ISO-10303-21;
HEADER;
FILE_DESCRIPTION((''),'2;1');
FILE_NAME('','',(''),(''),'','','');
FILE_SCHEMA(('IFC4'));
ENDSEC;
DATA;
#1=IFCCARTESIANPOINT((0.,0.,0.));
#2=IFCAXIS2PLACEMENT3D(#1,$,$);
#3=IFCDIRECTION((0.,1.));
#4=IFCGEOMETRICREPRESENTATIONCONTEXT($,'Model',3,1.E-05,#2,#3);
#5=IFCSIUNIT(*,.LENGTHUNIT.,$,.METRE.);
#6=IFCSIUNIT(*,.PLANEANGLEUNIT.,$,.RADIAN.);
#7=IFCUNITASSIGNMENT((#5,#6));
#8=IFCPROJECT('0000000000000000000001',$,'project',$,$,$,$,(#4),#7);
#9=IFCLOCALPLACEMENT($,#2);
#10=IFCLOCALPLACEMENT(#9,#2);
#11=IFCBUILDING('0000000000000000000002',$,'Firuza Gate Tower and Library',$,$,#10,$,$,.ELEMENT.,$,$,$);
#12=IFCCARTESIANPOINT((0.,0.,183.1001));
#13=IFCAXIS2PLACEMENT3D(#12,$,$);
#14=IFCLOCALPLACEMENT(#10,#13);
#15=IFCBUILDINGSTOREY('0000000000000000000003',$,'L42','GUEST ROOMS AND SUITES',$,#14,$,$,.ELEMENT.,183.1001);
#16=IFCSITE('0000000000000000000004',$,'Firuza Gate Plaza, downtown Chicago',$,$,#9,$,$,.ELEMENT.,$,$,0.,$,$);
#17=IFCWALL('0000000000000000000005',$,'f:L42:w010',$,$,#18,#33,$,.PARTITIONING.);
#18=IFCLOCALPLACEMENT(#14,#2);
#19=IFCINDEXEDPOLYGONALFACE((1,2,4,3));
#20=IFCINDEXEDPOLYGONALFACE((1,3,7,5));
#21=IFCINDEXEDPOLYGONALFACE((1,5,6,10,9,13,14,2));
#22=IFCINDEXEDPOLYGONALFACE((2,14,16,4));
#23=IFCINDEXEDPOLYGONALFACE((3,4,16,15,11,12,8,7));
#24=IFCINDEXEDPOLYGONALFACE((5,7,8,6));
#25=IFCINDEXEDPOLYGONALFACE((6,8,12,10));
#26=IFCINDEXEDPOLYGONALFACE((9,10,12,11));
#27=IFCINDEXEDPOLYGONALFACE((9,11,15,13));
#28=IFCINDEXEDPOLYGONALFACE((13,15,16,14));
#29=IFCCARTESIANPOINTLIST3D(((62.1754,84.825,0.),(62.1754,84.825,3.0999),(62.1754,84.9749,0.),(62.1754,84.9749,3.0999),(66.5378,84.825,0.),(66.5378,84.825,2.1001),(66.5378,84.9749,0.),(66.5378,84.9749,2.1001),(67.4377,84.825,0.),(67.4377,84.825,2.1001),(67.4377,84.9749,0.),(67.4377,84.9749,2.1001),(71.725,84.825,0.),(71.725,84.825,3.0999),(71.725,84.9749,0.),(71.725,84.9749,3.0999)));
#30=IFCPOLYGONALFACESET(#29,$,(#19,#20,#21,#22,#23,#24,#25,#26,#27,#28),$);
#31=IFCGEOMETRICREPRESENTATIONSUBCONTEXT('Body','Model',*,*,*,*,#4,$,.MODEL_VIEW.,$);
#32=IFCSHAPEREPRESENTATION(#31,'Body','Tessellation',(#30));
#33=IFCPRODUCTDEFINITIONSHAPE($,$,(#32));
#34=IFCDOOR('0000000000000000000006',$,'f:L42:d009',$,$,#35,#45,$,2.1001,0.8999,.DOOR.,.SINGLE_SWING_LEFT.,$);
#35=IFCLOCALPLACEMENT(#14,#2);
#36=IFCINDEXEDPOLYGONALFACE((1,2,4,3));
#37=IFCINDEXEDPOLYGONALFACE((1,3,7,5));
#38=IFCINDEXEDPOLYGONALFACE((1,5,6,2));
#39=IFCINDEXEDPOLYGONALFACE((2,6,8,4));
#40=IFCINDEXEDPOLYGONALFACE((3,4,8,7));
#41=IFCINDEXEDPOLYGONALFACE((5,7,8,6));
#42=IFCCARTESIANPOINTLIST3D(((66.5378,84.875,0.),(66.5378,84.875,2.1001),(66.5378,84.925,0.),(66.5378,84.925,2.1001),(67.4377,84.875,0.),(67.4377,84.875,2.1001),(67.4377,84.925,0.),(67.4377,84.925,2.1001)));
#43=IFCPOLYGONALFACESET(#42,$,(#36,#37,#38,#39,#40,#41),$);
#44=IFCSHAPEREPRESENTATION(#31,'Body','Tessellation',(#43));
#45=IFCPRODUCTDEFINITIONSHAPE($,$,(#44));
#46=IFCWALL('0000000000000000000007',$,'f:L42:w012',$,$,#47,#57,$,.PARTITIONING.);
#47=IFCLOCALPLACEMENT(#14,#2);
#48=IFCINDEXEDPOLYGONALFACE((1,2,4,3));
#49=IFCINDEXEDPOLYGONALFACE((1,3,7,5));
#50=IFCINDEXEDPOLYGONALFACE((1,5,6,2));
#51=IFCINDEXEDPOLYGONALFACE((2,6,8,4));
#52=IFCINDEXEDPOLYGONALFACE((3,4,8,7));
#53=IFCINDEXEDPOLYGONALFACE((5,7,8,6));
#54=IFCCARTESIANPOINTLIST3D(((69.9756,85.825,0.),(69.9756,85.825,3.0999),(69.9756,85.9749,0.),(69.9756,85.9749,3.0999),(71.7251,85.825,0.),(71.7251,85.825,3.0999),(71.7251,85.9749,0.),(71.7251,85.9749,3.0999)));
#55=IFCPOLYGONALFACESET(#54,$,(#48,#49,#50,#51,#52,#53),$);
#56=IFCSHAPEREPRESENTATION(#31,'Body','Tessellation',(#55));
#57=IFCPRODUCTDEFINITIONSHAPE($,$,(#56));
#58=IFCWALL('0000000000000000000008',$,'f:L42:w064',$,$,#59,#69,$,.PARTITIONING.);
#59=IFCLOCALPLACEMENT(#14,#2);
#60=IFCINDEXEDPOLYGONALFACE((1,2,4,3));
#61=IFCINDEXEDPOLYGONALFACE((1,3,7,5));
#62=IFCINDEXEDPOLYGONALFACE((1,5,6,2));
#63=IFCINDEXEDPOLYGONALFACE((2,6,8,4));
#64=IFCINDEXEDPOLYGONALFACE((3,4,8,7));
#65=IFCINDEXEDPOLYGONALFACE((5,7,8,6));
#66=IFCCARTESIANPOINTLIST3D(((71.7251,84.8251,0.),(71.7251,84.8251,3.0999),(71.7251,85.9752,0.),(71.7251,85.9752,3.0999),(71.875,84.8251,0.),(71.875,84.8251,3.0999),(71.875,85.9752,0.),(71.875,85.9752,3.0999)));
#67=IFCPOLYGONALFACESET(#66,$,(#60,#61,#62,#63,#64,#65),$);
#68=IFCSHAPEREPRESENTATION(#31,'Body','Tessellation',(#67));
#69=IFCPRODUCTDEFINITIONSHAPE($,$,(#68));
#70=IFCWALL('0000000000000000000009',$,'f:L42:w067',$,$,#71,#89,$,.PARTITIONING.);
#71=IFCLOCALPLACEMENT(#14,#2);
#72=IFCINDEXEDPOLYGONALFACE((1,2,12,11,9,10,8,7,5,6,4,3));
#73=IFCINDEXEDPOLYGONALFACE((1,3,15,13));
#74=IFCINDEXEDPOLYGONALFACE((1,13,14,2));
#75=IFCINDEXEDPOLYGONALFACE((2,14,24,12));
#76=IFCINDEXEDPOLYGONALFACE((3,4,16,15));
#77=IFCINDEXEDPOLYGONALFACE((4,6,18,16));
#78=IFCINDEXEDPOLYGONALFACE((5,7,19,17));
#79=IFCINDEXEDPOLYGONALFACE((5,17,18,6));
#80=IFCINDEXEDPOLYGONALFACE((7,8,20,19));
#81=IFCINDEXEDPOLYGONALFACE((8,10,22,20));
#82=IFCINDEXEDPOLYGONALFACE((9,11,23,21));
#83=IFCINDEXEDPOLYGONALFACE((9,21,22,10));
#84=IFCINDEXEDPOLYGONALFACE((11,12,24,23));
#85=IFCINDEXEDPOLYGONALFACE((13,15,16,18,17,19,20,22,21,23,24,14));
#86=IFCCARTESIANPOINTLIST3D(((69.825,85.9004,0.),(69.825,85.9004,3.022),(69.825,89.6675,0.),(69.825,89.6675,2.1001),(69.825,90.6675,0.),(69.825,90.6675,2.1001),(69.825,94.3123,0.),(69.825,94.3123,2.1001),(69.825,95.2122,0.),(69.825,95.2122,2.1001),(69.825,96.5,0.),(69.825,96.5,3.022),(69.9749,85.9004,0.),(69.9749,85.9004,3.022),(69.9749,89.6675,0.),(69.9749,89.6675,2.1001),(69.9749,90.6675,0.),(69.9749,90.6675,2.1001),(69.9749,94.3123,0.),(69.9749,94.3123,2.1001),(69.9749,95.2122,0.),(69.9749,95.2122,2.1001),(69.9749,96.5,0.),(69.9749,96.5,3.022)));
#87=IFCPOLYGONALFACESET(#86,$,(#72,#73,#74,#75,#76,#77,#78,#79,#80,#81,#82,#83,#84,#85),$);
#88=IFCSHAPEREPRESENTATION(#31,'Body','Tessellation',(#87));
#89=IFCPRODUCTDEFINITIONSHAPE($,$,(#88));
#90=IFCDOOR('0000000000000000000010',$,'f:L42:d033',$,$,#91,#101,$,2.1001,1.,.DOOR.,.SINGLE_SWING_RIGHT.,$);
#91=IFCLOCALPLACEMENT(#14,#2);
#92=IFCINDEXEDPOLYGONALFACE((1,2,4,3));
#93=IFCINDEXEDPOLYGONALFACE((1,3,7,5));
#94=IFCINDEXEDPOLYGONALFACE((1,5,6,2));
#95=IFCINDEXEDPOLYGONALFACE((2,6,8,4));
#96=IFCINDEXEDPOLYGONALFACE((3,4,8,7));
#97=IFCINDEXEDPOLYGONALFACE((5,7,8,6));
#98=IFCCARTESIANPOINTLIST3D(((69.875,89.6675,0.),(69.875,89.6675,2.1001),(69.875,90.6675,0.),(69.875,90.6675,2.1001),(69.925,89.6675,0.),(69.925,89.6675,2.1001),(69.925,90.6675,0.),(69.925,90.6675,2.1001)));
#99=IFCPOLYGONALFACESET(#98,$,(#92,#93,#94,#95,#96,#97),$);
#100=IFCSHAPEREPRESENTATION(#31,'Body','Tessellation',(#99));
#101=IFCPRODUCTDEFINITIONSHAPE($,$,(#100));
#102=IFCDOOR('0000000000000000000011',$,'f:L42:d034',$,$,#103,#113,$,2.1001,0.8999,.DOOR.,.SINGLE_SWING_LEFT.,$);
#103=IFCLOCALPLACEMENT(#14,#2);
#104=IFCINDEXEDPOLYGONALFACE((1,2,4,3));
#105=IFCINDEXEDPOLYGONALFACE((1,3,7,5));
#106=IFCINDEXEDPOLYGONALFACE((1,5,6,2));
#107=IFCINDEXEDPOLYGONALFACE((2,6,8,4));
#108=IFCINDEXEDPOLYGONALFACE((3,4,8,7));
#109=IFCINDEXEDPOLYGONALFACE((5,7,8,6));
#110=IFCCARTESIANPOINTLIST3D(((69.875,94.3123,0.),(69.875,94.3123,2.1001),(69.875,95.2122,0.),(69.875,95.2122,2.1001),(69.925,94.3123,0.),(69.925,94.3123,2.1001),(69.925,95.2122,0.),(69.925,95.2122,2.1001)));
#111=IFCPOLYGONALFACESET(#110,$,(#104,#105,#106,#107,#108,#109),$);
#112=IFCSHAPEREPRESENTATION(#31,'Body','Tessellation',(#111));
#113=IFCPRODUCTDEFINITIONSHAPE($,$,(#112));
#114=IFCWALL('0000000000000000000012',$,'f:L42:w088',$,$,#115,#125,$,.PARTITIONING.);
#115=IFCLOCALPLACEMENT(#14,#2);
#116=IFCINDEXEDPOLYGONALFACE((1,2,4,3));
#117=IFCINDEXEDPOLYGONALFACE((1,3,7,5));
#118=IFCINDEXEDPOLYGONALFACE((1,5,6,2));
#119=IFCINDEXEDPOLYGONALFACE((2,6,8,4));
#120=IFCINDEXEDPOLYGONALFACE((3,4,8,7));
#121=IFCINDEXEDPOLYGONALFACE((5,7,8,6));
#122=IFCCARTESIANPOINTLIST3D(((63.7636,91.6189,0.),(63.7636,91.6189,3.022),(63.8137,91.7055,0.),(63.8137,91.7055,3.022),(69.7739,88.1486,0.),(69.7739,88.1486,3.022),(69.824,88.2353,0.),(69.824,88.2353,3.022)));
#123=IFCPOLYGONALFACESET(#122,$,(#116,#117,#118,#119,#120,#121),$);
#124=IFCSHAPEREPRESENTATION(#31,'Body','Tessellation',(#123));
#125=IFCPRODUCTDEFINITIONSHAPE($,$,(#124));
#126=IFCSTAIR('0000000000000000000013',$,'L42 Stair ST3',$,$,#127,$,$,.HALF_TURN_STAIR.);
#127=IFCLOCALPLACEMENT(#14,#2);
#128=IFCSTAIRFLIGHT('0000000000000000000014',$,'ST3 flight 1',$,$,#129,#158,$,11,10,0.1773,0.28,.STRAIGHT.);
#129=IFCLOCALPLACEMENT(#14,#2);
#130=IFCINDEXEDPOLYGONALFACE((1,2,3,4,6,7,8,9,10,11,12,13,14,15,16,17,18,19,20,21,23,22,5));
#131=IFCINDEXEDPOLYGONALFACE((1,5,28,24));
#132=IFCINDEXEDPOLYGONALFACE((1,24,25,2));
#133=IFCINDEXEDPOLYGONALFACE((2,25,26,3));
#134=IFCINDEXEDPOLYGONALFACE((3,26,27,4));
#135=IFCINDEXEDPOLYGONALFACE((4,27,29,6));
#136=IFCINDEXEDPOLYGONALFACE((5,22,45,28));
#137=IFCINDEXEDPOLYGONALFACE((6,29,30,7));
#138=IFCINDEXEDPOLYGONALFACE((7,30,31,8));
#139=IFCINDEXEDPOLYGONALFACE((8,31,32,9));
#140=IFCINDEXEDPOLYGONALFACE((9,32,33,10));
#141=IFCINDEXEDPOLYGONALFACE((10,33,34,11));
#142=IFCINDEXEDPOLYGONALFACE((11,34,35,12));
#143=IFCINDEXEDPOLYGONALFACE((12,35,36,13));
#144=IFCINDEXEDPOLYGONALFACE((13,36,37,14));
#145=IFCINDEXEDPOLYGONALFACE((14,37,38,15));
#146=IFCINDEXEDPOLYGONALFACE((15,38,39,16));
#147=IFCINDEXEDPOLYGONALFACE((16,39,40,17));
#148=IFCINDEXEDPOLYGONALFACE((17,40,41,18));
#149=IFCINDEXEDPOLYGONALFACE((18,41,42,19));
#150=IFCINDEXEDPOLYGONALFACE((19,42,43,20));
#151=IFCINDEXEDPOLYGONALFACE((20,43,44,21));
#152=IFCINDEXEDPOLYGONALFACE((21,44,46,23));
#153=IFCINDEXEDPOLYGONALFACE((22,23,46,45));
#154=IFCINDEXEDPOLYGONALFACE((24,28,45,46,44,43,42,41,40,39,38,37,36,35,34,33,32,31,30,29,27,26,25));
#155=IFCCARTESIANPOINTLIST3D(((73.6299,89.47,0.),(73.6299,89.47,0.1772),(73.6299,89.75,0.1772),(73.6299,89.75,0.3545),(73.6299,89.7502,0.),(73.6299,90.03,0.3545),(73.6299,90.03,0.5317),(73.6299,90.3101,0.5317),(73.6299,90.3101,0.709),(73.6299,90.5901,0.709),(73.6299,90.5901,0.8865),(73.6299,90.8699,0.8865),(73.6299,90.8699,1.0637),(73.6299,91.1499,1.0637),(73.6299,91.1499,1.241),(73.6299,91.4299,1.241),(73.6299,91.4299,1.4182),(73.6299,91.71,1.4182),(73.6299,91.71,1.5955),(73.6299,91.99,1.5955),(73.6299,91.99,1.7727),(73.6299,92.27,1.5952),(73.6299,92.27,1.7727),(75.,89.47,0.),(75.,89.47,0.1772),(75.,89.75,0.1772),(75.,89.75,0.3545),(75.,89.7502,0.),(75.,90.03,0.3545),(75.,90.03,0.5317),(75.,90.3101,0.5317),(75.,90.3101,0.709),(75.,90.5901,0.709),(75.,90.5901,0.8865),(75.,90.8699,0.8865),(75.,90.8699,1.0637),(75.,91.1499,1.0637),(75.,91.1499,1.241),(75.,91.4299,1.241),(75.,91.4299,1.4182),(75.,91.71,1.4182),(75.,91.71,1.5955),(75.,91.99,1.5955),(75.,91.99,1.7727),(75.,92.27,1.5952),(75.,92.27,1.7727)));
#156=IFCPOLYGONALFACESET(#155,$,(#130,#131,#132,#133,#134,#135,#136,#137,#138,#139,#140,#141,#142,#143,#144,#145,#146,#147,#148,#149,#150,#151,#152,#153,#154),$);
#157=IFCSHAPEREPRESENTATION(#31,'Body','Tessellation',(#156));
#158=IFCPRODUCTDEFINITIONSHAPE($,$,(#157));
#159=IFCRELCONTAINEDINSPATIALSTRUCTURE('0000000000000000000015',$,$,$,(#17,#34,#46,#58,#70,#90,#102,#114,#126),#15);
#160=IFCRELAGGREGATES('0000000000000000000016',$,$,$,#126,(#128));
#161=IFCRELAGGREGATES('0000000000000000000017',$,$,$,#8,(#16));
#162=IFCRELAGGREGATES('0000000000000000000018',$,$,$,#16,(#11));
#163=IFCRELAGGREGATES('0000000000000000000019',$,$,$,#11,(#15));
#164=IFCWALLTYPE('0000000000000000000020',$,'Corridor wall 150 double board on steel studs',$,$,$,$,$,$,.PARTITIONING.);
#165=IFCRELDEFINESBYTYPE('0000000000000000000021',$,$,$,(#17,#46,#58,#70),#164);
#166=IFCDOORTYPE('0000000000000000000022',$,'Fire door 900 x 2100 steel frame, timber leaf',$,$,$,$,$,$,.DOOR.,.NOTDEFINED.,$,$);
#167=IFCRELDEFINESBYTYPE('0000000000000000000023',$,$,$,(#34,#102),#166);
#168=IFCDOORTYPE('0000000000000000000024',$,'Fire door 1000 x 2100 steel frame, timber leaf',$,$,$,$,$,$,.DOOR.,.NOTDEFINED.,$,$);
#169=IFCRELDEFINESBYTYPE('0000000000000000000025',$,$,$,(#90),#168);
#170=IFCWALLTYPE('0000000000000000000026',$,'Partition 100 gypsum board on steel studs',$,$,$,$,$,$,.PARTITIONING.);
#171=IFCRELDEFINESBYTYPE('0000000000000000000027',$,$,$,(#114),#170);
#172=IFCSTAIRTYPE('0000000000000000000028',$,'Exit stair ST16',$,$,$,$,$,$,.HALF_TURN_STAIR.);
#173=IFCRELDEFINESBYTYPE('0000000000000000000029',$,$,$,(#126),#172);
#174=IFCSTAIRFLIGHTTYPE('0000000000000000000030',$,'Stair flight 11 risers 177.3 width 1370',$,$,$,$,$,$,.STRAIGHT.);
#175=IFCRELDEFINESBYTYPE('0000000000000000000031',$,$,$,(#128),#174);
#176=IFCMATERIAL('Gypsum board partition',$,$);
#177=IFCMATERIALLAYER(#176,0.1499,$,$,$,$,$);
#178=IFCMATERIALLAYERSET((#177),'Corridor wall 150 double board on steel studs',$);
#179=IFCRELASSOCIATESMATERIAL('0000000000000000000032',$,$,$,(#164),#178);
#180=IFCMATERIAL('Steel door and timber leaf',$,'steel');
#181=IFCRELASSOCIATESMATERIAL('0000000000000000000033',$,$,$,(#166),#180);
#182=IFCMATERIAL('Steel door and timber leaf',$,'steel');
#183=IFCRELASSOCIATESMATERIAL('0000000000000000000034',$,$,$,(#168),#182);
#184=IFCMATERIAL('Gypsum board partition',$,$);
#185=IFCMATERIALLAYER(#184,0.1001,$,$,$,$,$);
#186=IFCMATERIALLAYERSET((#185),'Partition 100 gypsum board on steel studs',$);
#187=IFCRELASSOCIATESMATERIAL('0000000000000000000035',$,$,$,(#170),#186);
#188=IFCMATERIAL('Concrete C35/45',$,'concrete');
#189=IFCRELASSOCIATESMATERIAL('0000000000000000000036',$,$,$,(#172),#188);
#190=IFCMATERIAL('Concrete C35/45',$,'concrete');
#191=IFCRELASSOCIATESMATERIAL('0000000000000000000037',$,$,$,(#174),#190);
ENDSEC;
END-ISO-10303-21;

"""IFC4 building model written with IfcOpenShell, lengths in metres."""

from ifc_helpers import new_model, si_unit, direction, frame, frame_2d, origin, place, context, subcontext, project, spatial, polyline, rectangle, outline, extrude, material, layer, layer_set, type_object, element, fill, aggregate, save


model = new_model("IFC4")

# Units and contexts
model_context = context("Model", 3, precision=1e-05, world=origin(), true_north=direction((0.0, 1.0)))
body_context = subcontext(model_context, "Body", "Model", "MODEL_VIEW")
ifc_project = project(units=[si_unit("LENGTHUNIT", "METRE"), si_unit("PLANEANGLEUNIT", "RADIAN")], contexts=[model_context])

# Site, building, storey
site_placement = place(None, origin())
site = spatial("IfcSite", under=ifc_project, at=site_placement, Name="Firuza Gate Plaza, downtown Chicago", CompositionType="ELEMENT", RefElevation=0.0)
building_placement = place(site_placement, origin())
building = spatial("IfcBuilding", under=site, at=building_placement, Name="Firuza Gate Tower and Library", CompositionType="ELEMENT")
storey_placement = place(building_placement, frame((0.0, 0.0, 183.1001)))
storey = spatial("IfcBuildingStorey", under=building, at=storey_placement, Name="L42", Description="GUEST ROOMS AND SUITES", CompositionType="ELEMENT", Elevation=183.1001)

# Wall, opening, door
ifc_material_1 = material(Name="Gypsum board partition")
ifc_layer_1 = layer(ifc_material_1, 0.1499)
ifc_layer_set_1 = layer_set([ifc_layer_1], Name="Corridor wall 150 double board on steel studs")
wall_type_1 = type_object("IfcWallType", Name="Corridor wall 150 double board on steel studs", PredefinedType="PARTITIONING", material=ifc_layer_set_1)
wall_1_placement = place(storey_placement, frame((71.7251, 84.8999, 0.0), z_axis=(0.0, 0.0, 1.0), x_axis=(-1.0, 0.0, 0.0)))
wall_1 = element("IfcWall", 1, at=wall_1_placement, inside=storey, type_object=wall_type_1, Name="f:L42:w010", PredefinedType="PARTITIONING", context=body_context, shape_type="SweptSolid", body=[
    extrude(rectangle(XDim=9.5496, YDim=0.1499, at=frame_2d((4.7749, 0.0))), origin(), (0.0, 0.0, 1.0), 3.0999),
])
opening_1_placement = place(wall_1_placement, frame((4.2874, 0.0, 0.0)))
opening_1 = element("IfcOpeningElement", 2, at=opening_1_placement, cuts=wall_1, PredefinedType="OPENING", context=body_context, shape_type="SweptSolid", body=[
    extrude(rectangle(XDim=0.8999, YDim=2.1001, at=frame_2d((0.45, 1.05))), frame((0.0, 0.085, 0.0), z_axis=(0.0, -1.0, 0.0), x_axis=(1.0, 0.0, 0.0)), (0.0, 0.0, 1.0), 0.1699),
])
ifc_material_2 = material(Name="Steel door and timber leaf", Category="steel")
door_type_1 = type_object("IfcDoorType", Name="Fire door 900 x 2100 steel frame, timber leaf", OperationType="NOTDEFINED", PredefinedType="DOOR", material=ifc_material_2)
door_1_placement = place(opening_1_placement, origin())
door_1 = element("IfcDoor", 3, at=door_1_placement, inside=storey, type_object=door_type_1, Name="f:L42:d009", OperationType="SINGLE_SWING_LEFT", OverallHeight=2.1001, OverallWidth=0.8999, PredefinedType="DOOR", context=body_context, shape_type="SweptSolid", body=[
    extrude(rectangle(XDim=0.8999, YDim=2.1001, at=frame_2d((0.45, 1.05))), frame((0.0, 0.0249, 0.0), z_axis=(0.0, -1.0, 0.0), x_axis=(1.0, 0.0, 0.0)), (0.0, 0.0, 1.0), 0.05),
])
fill(opening_1, door_1)

# Walls
wall_2_placement = place(storey_placement, frame((69.9756, 85.8999, 0.0), z_axis=(0.0, 0.0, 1.0), x_axis=(1.0, 0.0, 0.0)))
element("IfcWall", 4, at=wall_2_placement, inside=storey, type_object=wall_type_1, Name="f:L42:w012", PredefinedType="PARTITIONING", context=body_context, shape_type="SweptSolid", body=[
    extrude(rectangle(XDim=1.7495, YDim=0.1499, at=frame_2d((0.8748, 0.0))), origin(), (0.0, 0.0, 1.0), 3.0999),
])
wall_3_placement = place(storey_placement, frame((71.8, 84.825, 0.0), z_axis=(0.0, 0.0, 1.0), x_axis=(0.0, 1.0, 0.0)))
element("IfcWall", 5, at=wall_3_placement, inside=storey, type_object=wall_type_1, Name="f:L42:w064", PredefinedType="PARTITIONING", context=body_context, shape_type="SweptSolid", body=[
    extrude(rectangle(XDim=1.1501, YDim=0.1499, at=frame_2d((0.5752, 0.0))), origin(), (0.0, 0.0, 1.0), 3.0999),
])

# Wall, openings, doors
wall_4_placement = place(storey_placement, frame((69.8999, 85.9004, 0.0), z_axis=(0.0, 0.0, 1.0), x_axis=(0.0, 1.0, 0.0)))
wall_4 = element("IfcWall", 6, at=wall_4_placement, inside=storey, type_object=wall_type_1, Name="f:L42:w067", PredefinedType="PARTITIONING", context=body_context, shape_type="SweptSolid", body=[
    extrude(rectangle(XDim=10.5996, YDim=0.1499, at=frame_2d((5.2998, 0.0))), origin(), (0.0, 0.0, 1.0), 3.022),
])
opening_2_placement = place(wall_4_placement, frame((3.7671, 0.0, 0.0)))
opening_2 = element("IfcOpeningElement", 7, at=opening_2_placement, cuts=wall_4, PredefinedType="OPENING", context=body_context, shape_type="SweptSolid", body=[
    extrude(rectangle(XDim=1.0, YDim=2.1001, at=frame_2d((0.5, 1.05))), frame((0.0, 0.085, 0.0), z_axis=(0.0, -1.0, 0.0), x_axis=(1.0, 0.0, 0.0)), (0.0, 0.0, 1.0), 0.1699),
])
opening_3_placement = place(wall_4_placement, frame((8.4119, 0.0, 0.0)))
opening_3 = element("IfcOpeningElement", 8, at=opening_3_placement, cuts=wall_4, PredefinedType="OPENING", context=body_context, shape_type="SweptSolid", body=[
    extrude(rectangle(XDim=0.8999, YDim=2.1001, at=frame_2d((0.45, 1.05))), frame((0.0, 0.085, 0.0), z_axis=(0.0, -1.0, 0.0), x_axis=(1.0, 0.0, 0.0)), (0.0, 0.0, 1.0), 0.1699),
])
ifc_material_3 = material(Name="Steel door and timber leaf", Category="steel")
door_type_2 = type_object("IfcDoorType", Name="Fire door 1000 x 2100 steel frame, timber leaf", OperationType="NOTDEFINED", PredefinedType="DOOR", material=ifc_material_3)
door_2_placement = place(opening_2_placement, origin())
door_2 = element("IfcDoor", 9, at=door_2_placement, inside=storey, type_object=door_type_2, Name="f:L42:d033", OperationType="SINGLE_SWING_RIGHT", OverallHeight=2.1001, OverallWidth=1.0, PredefinedType="DOOR", context=body_context, shape_type="SweptSolid", body=[
    extrude(rectangle(XDim=1.0, YDim=2.1001, at=frame_2d((0.5, 1.05))), frame((0.0, 0.0249, 0.0), z_axis=(0.0, -1.0, 0.0), x_axis=(1.0, 0.0, 0.0)), (0.0, 0.0, 1.0), 0.05),
])
fill(opening_2, door_2)
door_3_placement = place(opening_3_placement, origin())
door_3 = element("IfcDoor", 10, at=door_3_placement, inside=storey, type_object=door_type_1, Name="f:L42:d034", OperationType="SINGLE_SWING_LEFT", OverallHeight=2.1001, OverallWidth=0.8999, PredefinedType="DOOR", context=body_context, shape_type="SweptSolid", body=[
    extrude(rectangle(XDim=0.8999, YDim=2.1001, at=frame_2d((0.45, 1.05))), frame((0.0, 0.0249, 0.0), z_axis=(0.0, -1.0, 0.0), x_axis=(1.0, 0.0, 0.0)), (0.0, 0.0, 1.0), 0.05),
])
fill(opening_3, door_3)

# Wall
ifc_material_4 = material(Name="Gypsum board partition")
ifc_layer_2 = layer(ifc_material_4, 0.1001)
ifc_layer_set_2 = layer_set([ifc_layer_2], Name="Partition 100 gypsum board on steel studs")
wall_type_2 = type_object("IfcWallType", Name="Partition 100 gypsum board on steel studs", PredefinedType="PARTITIONING", material=ifc_layer_set_2)
wall_5_placement = place(storey_placement, frame((69.7991, 88.1919, 0.0), z_axis=(0.0, 0.0, 1.0), x_axis=(-0.866013, 0.500021, 0.0)))
element("IfcWall", 11, at=wall_5_placement, inside=storey, type_object=wall_type_2, Name="f:L42:w088", PredefinedType="PARTITIONING", context=body_context, shape_type="SweptSolid", body=[
    extrude(rectangle(XDim=6.9402, YDim=0.1001, at=frame_2d((3.4702, 0.0))), origin(), (0.0, 0.0, 1.0), 3.022),
])

# Stair, stair flight
ifc_material_5 = material(Name="Concrete C35/45", Category="concrete")
stair_type_1 = type_object("IfcStairType", Name="Exit stair ST16", PredefinedType="HALF_TURN_STAIR", material=ifc_material_5)
placement = place(storey_placement, origin())
stair_1 = element("IfcStair", 12, at=placement, inside=storey, type_object=stair_type_1, Name="L42 Stair ST3", PredefinedType="HALF_TURN_STAIR")
ifc_material_6 = material(Name="Concrete C35/45", Category="concrete")
stair_flight_type_1 = type_object("IfcStairFlightType", Name="Stair flight 11 risers 177.3 width 1370", PredefinedType="STRAIGHT", material=ifc_material_6)
stair_flight_1_placement = place(storey_placement, frame((74.3149, 89.47, 0.0), z_axis=(0.0, 0.0, 1.0), x_axis=(0.0, 1.0, 0.0)))
stair_flight_1 = element("IfcStairFlight", 13, at=stair_flight_1_placement, type_object=stair_flight_type_1, Name="ST3 flight 1", NumberOfRisers=11, NumberOfTreads=10, PredefinedType="STRAIGHT", RiserHeight=0.1773, TreadLength=0.28, context=body_context, shape_type="SweptSolid", body=[
    extrude(outline(polyline([(0.0, 0.0), (0.0, 0.1772), (0.28, 0.1772), (0.28, 0.3545), (0.5601, 0.3545), (0.5601, 0.5317), (0.8401, 0.5317), (0.8401, 0.709), (1.1201, 0.709), (1.1201, 0.8865), (1.3999, 0.8865), (1.3999, 1.0637), (1.6799, 1.0637), (1.6799, 1.241), (1.96, 1.241), (1.96, 1.4182), (2.24, 1.4182), (2.24, 1.5955), (2.52, 1.5955), (2.52, 1.7727), (2.8, 1.7727), (2.8, 1.95), (2.8, 1.5952), (0.2803, 0.0), (0.0, 0.0)])), frame((0.0, 0.6851, 0.0), z_axis=(0.0, -1.0, 0.0), x_axis=(1.0, 0.0, 0.0)), (0.0, 0.0, 1.0), 1.3701),
])
aggregate(stair_1, [stair_flight_1])

save(model, "model.ifc")
